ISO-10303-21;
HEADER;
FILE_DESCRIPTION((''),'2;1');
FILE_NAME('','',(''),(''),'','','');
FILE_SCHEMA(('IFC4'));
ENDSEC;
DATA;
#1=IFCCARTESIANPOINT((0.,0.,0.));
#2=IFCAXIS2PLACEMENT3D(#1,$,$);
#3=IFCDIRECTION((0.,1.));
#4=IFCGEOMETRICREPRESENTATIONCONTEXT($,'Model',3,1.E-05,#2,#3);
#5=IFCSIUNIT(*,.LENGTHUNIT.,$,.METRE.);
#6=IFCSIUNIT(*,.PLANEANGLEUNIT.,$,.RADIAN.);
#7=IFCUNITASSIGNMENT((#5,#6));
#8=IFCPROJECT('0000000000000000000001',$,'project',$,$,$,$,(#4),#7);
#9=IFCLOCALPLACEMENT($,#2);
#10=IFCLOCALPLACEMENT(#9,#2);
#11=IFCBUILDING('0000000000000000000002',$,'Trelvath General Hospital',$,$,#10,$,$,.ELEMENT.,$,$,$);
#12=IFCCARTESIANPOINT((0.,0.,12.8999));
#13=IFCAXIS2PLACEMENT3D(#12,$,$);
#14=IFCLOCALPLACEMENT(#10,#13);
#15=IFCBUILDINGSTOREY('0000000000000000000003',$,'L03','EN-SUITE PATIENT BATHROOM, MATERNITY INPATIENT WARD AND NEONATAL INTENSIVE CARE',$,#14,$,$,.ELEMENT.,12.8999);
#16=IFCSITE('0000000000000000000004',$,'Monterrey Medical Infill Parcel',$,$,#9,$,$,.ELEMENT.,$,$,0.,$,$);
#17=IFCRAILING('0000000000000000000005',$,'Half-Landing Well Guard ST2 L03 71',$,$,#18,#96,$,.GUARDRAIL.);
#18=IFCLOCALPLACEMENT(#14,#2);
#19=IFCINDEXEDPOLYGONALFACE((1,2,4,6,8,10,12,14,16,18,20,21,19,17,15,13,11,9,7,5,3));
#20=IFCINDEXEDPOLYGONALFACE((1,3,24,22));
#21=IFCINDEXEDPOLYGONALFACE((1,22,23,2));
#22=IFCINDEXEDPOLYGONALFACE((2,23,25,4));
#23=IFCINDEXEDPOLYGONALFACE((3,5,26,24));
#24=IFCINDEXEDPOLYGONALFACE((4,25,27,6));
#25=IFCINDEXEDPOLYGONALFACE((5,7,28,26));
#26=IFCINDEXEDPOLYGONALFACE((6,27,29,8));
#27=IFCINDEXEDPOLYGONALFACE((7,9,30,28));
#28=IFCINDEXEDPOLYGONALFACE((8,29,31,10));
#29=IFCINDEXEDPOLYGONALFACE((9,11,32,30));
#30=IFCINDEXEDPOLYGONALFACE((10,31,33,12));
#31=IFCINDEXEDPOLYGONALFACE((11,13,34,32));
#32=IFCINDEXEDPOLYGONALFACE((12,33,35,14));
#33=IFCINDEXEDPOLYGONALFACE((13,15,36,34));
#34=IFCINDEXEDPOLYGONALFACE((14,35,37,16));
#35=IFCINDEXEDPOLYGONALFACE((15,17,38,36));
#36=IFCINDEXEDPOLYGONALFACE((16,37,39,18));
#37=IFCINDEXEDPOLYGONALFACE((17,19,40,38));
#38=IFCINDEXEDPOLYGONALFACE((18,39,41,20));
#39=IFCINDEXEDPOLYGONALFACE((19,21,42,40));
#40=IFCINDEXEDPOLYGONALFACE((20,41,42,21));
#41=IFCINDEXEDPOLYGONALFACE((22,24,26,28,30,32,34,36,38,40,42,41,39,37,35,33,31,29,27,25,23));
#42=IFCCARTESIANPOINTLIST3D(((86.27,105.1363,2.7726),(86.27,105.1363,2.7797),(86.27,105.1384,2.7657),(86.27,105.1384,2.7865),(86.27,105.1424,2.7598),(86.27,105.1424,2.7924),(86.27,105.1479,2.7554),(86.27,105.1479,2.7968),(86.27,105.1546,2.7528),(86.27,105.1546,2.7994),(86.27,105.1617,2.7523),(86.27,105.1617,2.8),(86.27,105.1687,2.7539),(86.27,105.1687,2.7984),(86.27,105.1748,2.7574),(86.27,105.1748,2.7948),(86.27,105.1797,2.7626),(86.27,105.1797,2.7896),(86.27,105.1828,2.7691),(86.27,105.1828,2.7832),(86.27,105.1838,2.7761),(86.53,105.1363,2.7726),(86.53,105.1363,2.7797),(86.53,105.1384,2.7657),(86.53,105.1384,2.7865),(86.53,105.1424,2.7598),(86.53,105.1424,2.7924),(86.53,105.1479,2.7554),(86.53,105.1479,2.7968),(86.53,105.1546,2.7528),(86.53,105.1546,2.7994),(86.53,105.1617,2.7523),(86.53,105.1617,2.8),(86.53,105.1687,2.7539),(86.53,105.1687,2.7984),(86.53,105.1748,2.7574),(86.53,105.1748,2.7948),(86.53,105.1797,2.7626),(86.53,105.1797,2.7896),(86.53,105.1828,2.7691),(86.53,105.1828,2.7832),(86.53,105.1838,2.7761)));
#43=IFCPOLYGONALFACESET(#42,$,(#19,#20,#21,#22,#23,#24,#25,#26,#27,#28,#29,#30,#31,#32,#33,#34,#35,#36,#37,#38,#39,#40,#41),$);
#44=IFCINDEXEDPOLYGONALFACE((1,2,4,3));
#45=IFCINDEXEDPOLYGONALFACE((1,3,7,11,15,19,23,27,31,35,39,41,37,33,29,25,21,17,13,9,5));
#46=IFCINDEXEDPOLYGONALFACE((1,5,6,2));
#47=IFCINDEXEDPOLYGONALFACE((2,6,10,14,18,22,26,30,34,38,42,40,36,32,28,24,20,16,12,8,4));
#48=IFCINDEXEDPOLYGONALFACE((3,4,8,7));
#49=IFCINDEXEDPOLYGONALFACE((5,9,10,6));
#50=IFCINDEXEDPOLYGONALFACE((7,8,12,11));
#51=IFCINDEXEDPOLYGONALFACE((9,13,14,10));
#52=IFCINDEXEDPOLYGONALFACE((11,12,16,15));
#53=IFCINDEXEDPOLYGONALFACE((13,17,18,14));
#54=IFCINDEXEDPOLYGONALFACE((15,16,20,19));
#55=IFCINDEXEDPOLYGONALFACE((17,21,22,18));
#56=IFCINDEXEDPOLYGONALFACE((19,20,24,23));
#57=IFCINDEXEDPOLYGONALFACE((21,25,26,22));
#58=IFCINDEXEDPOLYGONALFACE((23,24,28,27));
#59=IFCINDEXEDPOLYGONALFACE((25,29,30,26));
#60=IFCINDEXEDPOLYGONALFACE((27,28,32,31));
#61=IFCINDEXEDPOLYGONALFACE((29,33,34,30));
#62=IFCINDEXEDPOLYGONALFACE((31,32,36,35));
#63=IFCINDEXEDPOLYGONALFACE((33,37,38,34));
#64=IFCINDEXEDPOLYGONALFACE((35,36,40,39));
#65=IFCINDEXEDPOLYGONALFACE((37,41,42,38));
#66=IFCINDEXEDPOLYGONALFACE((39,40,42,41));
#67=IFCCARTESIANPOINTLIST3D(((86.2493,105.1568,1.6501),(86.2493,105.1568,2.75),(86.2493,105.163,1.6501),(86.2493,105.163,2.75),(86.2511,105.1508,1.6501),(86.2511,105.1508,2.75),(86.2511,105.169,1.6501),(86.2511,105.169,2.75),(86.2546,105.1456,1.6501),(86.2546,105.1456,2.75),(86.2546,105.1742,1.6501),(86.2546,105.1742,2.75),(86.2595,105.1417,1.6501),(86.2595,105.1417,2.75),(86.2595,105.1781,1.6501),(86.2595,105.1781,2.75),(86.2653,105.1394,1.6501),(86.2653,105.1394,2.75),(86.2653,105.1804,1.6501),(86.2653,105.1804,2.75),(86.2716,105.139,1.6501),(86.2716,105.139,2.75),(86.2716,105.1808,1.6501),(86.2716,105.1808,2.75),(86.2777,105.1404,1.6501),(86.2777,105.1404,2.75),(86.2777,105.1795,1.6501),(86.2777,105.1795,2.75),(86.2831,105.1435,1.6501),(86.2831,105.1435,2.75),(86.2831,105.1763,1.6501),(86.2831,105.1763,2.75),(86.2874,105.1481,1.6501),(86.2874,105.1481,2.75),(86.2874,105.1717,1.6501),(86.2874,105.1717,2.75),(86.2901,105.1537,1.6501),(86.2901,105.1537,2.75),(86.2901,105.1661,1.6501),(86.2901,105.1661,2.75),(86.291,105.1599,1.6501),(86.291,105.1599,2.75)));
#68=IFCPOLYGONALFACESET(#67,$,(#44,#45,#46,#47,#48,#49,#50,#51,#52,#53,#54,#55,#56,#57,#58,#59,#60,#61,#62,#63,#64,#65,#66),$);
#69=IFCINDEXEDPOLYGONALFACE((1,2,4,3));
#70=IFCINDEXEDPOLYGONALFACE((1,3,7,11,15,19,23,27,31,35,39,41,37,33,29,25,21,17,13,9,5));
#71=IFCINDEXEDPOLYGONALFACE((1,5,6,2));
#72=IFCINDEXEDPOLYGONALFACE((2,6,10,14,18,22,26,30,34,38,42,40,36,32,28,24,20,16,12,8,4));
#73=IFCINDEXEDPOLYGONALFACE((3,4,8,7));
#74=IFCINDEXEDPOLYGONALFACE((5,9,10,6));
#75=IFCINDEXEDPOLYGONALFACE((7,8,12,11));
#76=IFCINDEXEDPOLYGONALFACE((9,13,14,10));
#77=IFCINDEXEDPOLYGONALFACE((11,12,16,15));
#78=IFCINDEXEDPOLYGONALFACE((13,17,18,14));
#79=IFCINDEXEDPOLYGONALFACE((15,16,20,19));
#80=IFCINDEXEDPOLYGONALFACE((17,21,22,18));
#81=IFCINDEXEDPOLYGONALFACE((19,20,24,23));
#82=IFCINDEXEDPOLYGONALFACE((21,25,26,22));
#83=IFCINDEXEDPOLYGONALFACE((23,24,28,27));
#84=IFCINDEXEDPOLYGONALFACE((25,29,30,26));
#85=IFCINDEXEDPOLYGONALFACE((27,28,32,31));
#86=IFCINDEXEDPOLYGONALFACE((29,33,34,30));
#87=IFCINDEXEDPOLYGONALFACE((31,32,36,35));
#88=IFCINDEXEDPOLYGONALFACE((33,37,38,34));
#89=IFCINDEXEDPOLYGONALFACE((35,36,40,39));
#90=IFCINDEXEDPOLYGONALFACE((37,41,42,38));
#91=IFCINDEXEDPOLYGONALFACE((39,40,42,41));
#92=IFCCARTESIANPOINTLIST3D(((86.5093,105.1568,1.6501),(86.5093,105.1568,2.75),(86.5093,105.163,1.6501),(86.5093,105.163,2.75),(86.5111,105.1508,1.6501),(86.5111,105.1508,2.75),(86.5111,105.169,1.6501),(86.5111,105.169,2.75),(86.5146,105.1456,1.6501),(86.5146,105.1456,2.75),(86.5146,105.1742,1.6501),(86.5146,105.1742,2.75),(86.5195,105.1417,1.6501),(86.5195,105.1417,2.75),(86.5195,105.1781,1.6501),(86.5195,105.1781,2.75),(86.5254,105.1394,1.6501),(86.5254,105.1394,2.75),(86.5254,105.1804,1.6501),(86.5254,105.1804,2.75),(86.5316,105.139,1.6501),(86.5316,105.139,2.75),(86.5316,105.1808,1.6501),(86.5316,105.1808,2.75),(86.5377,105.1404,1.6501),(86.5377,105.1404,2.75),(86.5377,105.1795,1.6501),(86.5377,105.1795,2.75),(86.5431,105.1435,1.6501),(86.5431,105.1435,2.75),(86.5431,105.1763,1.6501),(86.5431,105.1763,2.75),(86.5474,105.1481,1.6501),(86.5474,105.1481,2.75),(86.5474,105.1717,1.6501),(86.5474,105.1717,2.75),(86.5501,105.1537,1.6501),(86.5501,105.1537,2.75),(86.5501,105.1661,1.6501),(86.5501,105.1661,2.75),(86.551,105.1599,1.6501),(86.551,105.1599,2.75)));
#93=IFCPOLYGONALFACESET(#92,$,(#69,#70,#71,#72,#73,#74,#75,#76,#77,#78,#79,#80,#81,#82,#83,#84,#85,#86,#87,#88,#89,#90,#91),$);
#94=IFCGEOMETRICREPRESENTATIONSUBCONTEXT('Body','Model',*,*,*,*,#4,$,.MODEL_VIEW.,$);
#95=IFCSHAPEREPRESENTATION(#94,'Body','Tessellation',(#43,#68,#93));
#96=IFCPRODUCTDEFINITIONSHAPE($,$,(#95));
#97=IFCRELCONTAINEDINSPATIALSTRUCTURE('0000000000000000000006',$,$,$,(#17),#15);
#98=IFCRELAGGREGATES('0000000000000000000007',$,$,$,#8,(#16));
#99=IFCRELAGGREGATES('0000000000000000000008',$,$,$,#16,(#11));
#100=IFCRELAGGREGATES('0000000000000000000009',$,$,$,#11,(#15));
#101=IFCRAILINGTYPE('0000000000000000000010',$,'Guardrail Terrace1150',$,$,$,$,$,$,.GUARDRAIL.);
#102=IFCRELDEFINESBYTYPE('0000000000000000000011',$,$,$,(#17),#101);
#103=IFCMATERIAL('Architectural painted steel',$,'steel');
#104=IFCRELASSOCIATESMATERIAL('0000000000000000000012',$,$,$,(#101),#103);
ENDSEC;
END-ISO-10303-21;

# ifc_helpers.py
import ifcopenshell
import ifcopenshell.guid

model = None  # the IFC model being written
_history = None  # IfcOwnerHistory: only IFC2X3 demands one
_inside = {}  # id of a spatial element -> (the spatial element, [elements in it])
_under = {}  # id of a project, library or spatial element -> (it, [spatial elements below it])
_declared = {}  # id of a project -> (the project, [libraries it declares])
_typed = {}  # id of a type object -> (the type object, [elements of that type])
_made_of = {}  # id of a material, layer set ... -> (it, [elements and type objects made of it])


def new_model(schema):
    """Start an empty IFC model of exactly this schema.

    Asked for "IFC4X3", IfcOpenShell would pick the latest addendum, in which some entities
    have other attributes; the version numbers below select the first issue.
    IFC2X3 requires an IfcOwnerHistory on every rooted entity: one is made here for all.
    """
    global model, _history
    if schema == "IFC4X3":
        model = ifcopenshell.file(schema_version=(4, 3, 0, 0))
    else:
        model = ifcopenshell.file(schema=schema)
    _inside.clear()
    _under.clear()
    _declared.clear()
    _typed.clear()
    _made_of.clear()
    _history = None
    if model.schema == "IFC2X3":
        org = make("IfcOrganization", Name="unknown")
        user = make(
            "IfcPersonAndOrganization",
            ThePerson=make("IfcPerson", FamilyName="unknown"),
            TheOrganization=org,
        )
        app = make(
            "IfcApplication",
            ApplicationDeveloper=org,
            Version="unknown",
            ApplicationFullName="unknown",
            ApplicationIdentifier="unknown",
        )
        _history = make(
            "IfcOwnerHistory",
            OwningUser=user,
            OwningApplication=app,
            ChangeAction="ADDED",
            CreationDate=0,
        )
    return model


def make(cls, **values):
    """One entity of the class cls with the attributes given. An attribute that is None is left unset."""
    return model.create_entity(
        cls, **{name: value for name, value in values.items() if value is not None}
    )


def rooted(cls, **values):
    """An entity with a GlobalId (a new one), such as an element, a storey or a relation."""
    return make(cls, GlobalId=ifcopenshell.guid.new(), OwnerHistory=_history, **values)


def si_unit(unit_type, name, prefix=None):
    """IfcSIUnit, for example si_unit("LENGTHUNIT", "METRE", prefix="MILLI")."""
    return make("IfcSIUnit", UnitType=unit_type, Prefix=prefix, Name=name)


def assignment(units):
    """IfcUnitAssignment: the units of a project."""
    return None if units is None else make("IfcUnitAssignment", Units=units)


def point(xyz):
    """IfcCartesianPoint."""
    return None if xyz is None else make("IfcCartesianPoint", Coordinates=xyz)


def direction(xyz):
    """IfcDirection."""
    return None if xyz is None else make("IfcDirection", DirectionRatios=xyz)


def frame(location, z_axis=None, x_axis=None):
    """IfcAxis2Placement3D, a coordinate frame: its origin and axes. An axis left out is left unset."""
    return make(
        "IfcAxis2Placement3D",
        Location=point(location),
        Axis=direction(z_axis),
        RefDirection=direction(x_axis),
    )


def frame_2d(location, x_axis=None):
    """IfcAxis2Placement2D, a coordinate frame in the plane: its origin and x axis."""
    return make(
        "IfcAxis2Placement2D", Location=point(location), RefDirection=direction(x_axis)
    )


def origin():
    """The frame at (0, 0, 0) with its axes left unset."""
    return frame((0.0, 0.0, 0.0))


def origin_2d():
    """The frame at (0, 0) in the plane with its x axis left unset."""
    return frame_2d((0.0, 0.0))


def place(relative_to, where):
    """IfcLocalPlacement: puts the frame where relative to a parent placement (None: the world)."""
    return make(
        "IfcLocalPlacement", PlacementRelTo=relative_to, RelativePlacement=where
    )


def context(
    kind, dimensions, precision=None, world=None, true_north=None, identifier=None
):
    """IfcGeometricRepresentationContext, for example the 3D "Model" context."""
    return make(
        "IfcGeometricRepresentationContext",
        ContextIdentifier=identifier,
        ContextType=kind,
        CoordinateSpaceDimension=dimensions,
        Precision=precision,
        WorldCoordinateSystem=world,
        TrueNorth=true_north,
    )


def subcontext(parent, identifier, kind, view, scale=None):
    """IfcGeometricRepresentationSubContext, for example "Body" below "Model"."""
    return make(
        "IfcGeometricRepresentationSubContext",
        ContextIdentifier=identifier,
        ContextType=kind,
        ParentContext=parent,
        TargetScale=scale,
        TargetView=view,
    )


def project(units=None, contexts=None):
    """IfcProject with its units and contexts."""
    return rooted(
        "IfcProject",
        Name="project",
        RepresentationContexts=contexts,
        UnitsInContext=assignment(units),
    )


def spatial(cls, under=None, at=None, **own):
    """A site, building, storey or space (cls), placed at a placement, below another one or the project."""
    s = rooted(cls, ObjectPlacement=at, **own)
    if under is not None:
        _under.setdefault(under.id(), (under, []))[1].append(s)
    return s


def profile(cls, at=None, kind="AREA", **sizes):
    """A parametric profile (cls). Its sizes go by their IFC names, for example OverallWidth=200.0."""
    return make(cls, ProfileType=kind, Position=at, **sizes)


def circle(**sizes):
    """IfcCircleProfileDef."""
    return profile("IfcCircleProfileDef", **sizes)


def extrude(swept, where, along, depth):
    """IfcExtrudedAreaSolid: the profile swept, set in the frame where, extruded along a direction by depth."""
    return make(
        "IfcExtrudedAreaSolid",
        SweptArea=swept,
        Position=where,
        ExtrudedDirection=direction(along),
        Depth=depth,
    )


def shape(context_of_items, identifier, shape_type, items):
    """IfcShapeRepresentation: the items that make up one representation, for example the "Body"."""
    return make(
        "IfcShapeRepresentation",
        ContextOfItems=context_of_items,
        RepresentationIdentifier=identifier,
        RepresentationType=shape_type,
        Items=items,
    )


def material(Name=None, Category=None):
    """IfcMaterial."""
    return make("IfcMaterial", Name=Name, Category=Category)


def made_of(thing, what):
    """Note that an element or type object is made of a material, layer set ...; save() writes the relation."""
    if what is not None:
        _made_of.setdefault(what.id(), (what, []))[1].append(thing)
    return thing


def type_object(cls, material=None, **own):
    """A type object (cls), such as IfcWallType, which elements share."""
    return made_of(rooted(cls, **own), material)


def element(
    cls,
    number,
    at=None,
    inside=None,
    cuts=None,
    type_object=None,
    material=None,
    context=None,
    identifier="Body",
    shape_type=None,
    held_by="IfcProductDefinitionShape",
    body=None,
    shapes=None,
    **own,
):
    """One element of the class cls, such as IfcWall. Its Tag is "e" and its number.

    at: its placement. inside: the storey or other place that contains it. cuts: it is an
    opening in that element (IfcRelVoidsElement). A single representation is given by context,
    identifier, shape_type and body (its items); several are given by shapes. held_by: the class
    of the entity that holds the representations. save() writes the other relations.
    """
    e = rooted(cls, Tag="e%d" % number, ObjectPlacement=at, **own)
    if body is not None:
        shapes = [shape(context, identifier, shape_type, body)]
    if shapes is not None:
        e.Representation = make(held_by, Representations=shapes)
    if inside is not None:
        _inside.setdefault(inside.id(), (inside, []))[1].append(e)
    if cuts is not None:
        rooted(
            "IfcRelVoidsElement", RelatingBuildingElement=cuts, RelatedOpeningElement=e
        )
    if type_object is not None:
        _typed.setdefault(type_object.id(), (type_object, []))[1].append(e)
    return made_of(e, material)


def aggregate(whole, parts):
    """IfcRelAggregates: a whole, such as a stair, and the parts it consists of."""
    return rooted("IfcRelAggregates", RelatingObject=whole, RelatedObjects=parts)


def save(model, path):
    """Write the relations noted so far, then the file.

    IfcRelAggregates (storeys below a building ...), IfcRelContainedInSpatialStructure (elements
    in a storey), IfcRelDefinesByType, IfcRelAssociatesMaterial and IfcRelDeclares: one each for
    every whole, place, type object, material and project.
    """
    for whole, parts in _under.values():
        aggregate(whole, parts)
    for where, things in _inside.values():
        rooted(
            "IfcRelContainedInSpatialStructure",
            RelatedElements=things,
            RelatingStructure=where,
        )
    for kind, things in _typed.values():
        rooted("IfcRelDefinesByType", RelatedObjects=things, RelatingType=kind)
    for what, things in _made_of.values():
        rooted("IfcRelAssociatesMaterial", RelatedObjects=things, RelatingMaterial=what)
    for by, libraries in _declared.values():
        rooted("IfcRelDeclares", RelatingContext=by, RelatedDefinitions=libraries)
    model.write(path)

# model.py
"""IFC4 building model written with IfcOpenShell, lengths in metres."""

from ifc_helpers import new_model, si_unit, direction, frame, origin, origin_2d, place, context, subcontext, project, spatial, circle, extrude, material, type_object, element, save


model = new_model("IFC4")

# Units and contexts
model_context = context("Model", 3, precision=1e-05, world=origin(), true_north=direction((0.0, 1.0)))
body_context = subcontext(model_context, "Body", "Model", "MODEL_VIEW")
ifc_project = project(units=[si_unit("LENGTHUNIT", "METRE"), si_unit("PLANEANGLEUNIT", "RADIAN")], contexts=[model_context])

# Site, building, storey
site_placement = place(None, origin())
site = spatial("IfcSite", under=ifc_project, at=site_placement, Name="Monterrey Medical Infill Parcel", CompositionType="ELEMENT", RefElevation=0.0)
building_placement = place(site_placement, origin())
building = spatial("IfcBuilding", under=site, at=building_placement, Name="Trelvath General Hospital", CompositionType="ELEMENT")
storey_placement = place(building_placement, frame((0.0, 0.0, 12.8999)))
storey = spatial("IfcBuildingStorey", under=building, at=storey_placement, Name="L03", Description="EN-SUITE PATIENT BATHROOM, MATERNITY INPATIENT WARD AND NEONATAL INTENSIVE CARE", CompositionType="ELEMENT", Elevation=12.8999)

# Railing
ifc_material_1 = material(Name="Architectural painted steel", Category="steel")
railing_type_1 = type_object("IfcRailingType", Name="Guardrail Terrace1150", PredefinedType="GUARDRAIL", material=ifc_material_1)
railing_1_placement = place(storey_placement, frame((86.27, 105.1599, 1.6501)))
element("IfcRailing", 1, at=railing_1_placement, inside=storey, type_object=railing_type_1, Name="Half-Landing Well Guard ST2 L03 71", PredefinedType="GUARDRAIL", context=body_context, shape_type="SweptSolid", body=[
    extrude(circle(Radius=0.0239, at=origin_2d()), frame((0.0, 0.0, 1.126), z_axis=(1.0, 0.0, 0.0), x_axis=(0.0, 1.0, 0.0)), (0.0, 0.0, 1.0), 0.26),
    extrude(circle(Radius=0.021, at=origin_2d()), origin(), (0.0, 0.0, 1.0), 1.0999),
    extrude(circle(Radius=0.021, at=origin_2d()), frame((0.26, 0.0, 0.0)), (0.0, 0.0, 1.0), 1.0999),
])

save(model, "model.ifc")
